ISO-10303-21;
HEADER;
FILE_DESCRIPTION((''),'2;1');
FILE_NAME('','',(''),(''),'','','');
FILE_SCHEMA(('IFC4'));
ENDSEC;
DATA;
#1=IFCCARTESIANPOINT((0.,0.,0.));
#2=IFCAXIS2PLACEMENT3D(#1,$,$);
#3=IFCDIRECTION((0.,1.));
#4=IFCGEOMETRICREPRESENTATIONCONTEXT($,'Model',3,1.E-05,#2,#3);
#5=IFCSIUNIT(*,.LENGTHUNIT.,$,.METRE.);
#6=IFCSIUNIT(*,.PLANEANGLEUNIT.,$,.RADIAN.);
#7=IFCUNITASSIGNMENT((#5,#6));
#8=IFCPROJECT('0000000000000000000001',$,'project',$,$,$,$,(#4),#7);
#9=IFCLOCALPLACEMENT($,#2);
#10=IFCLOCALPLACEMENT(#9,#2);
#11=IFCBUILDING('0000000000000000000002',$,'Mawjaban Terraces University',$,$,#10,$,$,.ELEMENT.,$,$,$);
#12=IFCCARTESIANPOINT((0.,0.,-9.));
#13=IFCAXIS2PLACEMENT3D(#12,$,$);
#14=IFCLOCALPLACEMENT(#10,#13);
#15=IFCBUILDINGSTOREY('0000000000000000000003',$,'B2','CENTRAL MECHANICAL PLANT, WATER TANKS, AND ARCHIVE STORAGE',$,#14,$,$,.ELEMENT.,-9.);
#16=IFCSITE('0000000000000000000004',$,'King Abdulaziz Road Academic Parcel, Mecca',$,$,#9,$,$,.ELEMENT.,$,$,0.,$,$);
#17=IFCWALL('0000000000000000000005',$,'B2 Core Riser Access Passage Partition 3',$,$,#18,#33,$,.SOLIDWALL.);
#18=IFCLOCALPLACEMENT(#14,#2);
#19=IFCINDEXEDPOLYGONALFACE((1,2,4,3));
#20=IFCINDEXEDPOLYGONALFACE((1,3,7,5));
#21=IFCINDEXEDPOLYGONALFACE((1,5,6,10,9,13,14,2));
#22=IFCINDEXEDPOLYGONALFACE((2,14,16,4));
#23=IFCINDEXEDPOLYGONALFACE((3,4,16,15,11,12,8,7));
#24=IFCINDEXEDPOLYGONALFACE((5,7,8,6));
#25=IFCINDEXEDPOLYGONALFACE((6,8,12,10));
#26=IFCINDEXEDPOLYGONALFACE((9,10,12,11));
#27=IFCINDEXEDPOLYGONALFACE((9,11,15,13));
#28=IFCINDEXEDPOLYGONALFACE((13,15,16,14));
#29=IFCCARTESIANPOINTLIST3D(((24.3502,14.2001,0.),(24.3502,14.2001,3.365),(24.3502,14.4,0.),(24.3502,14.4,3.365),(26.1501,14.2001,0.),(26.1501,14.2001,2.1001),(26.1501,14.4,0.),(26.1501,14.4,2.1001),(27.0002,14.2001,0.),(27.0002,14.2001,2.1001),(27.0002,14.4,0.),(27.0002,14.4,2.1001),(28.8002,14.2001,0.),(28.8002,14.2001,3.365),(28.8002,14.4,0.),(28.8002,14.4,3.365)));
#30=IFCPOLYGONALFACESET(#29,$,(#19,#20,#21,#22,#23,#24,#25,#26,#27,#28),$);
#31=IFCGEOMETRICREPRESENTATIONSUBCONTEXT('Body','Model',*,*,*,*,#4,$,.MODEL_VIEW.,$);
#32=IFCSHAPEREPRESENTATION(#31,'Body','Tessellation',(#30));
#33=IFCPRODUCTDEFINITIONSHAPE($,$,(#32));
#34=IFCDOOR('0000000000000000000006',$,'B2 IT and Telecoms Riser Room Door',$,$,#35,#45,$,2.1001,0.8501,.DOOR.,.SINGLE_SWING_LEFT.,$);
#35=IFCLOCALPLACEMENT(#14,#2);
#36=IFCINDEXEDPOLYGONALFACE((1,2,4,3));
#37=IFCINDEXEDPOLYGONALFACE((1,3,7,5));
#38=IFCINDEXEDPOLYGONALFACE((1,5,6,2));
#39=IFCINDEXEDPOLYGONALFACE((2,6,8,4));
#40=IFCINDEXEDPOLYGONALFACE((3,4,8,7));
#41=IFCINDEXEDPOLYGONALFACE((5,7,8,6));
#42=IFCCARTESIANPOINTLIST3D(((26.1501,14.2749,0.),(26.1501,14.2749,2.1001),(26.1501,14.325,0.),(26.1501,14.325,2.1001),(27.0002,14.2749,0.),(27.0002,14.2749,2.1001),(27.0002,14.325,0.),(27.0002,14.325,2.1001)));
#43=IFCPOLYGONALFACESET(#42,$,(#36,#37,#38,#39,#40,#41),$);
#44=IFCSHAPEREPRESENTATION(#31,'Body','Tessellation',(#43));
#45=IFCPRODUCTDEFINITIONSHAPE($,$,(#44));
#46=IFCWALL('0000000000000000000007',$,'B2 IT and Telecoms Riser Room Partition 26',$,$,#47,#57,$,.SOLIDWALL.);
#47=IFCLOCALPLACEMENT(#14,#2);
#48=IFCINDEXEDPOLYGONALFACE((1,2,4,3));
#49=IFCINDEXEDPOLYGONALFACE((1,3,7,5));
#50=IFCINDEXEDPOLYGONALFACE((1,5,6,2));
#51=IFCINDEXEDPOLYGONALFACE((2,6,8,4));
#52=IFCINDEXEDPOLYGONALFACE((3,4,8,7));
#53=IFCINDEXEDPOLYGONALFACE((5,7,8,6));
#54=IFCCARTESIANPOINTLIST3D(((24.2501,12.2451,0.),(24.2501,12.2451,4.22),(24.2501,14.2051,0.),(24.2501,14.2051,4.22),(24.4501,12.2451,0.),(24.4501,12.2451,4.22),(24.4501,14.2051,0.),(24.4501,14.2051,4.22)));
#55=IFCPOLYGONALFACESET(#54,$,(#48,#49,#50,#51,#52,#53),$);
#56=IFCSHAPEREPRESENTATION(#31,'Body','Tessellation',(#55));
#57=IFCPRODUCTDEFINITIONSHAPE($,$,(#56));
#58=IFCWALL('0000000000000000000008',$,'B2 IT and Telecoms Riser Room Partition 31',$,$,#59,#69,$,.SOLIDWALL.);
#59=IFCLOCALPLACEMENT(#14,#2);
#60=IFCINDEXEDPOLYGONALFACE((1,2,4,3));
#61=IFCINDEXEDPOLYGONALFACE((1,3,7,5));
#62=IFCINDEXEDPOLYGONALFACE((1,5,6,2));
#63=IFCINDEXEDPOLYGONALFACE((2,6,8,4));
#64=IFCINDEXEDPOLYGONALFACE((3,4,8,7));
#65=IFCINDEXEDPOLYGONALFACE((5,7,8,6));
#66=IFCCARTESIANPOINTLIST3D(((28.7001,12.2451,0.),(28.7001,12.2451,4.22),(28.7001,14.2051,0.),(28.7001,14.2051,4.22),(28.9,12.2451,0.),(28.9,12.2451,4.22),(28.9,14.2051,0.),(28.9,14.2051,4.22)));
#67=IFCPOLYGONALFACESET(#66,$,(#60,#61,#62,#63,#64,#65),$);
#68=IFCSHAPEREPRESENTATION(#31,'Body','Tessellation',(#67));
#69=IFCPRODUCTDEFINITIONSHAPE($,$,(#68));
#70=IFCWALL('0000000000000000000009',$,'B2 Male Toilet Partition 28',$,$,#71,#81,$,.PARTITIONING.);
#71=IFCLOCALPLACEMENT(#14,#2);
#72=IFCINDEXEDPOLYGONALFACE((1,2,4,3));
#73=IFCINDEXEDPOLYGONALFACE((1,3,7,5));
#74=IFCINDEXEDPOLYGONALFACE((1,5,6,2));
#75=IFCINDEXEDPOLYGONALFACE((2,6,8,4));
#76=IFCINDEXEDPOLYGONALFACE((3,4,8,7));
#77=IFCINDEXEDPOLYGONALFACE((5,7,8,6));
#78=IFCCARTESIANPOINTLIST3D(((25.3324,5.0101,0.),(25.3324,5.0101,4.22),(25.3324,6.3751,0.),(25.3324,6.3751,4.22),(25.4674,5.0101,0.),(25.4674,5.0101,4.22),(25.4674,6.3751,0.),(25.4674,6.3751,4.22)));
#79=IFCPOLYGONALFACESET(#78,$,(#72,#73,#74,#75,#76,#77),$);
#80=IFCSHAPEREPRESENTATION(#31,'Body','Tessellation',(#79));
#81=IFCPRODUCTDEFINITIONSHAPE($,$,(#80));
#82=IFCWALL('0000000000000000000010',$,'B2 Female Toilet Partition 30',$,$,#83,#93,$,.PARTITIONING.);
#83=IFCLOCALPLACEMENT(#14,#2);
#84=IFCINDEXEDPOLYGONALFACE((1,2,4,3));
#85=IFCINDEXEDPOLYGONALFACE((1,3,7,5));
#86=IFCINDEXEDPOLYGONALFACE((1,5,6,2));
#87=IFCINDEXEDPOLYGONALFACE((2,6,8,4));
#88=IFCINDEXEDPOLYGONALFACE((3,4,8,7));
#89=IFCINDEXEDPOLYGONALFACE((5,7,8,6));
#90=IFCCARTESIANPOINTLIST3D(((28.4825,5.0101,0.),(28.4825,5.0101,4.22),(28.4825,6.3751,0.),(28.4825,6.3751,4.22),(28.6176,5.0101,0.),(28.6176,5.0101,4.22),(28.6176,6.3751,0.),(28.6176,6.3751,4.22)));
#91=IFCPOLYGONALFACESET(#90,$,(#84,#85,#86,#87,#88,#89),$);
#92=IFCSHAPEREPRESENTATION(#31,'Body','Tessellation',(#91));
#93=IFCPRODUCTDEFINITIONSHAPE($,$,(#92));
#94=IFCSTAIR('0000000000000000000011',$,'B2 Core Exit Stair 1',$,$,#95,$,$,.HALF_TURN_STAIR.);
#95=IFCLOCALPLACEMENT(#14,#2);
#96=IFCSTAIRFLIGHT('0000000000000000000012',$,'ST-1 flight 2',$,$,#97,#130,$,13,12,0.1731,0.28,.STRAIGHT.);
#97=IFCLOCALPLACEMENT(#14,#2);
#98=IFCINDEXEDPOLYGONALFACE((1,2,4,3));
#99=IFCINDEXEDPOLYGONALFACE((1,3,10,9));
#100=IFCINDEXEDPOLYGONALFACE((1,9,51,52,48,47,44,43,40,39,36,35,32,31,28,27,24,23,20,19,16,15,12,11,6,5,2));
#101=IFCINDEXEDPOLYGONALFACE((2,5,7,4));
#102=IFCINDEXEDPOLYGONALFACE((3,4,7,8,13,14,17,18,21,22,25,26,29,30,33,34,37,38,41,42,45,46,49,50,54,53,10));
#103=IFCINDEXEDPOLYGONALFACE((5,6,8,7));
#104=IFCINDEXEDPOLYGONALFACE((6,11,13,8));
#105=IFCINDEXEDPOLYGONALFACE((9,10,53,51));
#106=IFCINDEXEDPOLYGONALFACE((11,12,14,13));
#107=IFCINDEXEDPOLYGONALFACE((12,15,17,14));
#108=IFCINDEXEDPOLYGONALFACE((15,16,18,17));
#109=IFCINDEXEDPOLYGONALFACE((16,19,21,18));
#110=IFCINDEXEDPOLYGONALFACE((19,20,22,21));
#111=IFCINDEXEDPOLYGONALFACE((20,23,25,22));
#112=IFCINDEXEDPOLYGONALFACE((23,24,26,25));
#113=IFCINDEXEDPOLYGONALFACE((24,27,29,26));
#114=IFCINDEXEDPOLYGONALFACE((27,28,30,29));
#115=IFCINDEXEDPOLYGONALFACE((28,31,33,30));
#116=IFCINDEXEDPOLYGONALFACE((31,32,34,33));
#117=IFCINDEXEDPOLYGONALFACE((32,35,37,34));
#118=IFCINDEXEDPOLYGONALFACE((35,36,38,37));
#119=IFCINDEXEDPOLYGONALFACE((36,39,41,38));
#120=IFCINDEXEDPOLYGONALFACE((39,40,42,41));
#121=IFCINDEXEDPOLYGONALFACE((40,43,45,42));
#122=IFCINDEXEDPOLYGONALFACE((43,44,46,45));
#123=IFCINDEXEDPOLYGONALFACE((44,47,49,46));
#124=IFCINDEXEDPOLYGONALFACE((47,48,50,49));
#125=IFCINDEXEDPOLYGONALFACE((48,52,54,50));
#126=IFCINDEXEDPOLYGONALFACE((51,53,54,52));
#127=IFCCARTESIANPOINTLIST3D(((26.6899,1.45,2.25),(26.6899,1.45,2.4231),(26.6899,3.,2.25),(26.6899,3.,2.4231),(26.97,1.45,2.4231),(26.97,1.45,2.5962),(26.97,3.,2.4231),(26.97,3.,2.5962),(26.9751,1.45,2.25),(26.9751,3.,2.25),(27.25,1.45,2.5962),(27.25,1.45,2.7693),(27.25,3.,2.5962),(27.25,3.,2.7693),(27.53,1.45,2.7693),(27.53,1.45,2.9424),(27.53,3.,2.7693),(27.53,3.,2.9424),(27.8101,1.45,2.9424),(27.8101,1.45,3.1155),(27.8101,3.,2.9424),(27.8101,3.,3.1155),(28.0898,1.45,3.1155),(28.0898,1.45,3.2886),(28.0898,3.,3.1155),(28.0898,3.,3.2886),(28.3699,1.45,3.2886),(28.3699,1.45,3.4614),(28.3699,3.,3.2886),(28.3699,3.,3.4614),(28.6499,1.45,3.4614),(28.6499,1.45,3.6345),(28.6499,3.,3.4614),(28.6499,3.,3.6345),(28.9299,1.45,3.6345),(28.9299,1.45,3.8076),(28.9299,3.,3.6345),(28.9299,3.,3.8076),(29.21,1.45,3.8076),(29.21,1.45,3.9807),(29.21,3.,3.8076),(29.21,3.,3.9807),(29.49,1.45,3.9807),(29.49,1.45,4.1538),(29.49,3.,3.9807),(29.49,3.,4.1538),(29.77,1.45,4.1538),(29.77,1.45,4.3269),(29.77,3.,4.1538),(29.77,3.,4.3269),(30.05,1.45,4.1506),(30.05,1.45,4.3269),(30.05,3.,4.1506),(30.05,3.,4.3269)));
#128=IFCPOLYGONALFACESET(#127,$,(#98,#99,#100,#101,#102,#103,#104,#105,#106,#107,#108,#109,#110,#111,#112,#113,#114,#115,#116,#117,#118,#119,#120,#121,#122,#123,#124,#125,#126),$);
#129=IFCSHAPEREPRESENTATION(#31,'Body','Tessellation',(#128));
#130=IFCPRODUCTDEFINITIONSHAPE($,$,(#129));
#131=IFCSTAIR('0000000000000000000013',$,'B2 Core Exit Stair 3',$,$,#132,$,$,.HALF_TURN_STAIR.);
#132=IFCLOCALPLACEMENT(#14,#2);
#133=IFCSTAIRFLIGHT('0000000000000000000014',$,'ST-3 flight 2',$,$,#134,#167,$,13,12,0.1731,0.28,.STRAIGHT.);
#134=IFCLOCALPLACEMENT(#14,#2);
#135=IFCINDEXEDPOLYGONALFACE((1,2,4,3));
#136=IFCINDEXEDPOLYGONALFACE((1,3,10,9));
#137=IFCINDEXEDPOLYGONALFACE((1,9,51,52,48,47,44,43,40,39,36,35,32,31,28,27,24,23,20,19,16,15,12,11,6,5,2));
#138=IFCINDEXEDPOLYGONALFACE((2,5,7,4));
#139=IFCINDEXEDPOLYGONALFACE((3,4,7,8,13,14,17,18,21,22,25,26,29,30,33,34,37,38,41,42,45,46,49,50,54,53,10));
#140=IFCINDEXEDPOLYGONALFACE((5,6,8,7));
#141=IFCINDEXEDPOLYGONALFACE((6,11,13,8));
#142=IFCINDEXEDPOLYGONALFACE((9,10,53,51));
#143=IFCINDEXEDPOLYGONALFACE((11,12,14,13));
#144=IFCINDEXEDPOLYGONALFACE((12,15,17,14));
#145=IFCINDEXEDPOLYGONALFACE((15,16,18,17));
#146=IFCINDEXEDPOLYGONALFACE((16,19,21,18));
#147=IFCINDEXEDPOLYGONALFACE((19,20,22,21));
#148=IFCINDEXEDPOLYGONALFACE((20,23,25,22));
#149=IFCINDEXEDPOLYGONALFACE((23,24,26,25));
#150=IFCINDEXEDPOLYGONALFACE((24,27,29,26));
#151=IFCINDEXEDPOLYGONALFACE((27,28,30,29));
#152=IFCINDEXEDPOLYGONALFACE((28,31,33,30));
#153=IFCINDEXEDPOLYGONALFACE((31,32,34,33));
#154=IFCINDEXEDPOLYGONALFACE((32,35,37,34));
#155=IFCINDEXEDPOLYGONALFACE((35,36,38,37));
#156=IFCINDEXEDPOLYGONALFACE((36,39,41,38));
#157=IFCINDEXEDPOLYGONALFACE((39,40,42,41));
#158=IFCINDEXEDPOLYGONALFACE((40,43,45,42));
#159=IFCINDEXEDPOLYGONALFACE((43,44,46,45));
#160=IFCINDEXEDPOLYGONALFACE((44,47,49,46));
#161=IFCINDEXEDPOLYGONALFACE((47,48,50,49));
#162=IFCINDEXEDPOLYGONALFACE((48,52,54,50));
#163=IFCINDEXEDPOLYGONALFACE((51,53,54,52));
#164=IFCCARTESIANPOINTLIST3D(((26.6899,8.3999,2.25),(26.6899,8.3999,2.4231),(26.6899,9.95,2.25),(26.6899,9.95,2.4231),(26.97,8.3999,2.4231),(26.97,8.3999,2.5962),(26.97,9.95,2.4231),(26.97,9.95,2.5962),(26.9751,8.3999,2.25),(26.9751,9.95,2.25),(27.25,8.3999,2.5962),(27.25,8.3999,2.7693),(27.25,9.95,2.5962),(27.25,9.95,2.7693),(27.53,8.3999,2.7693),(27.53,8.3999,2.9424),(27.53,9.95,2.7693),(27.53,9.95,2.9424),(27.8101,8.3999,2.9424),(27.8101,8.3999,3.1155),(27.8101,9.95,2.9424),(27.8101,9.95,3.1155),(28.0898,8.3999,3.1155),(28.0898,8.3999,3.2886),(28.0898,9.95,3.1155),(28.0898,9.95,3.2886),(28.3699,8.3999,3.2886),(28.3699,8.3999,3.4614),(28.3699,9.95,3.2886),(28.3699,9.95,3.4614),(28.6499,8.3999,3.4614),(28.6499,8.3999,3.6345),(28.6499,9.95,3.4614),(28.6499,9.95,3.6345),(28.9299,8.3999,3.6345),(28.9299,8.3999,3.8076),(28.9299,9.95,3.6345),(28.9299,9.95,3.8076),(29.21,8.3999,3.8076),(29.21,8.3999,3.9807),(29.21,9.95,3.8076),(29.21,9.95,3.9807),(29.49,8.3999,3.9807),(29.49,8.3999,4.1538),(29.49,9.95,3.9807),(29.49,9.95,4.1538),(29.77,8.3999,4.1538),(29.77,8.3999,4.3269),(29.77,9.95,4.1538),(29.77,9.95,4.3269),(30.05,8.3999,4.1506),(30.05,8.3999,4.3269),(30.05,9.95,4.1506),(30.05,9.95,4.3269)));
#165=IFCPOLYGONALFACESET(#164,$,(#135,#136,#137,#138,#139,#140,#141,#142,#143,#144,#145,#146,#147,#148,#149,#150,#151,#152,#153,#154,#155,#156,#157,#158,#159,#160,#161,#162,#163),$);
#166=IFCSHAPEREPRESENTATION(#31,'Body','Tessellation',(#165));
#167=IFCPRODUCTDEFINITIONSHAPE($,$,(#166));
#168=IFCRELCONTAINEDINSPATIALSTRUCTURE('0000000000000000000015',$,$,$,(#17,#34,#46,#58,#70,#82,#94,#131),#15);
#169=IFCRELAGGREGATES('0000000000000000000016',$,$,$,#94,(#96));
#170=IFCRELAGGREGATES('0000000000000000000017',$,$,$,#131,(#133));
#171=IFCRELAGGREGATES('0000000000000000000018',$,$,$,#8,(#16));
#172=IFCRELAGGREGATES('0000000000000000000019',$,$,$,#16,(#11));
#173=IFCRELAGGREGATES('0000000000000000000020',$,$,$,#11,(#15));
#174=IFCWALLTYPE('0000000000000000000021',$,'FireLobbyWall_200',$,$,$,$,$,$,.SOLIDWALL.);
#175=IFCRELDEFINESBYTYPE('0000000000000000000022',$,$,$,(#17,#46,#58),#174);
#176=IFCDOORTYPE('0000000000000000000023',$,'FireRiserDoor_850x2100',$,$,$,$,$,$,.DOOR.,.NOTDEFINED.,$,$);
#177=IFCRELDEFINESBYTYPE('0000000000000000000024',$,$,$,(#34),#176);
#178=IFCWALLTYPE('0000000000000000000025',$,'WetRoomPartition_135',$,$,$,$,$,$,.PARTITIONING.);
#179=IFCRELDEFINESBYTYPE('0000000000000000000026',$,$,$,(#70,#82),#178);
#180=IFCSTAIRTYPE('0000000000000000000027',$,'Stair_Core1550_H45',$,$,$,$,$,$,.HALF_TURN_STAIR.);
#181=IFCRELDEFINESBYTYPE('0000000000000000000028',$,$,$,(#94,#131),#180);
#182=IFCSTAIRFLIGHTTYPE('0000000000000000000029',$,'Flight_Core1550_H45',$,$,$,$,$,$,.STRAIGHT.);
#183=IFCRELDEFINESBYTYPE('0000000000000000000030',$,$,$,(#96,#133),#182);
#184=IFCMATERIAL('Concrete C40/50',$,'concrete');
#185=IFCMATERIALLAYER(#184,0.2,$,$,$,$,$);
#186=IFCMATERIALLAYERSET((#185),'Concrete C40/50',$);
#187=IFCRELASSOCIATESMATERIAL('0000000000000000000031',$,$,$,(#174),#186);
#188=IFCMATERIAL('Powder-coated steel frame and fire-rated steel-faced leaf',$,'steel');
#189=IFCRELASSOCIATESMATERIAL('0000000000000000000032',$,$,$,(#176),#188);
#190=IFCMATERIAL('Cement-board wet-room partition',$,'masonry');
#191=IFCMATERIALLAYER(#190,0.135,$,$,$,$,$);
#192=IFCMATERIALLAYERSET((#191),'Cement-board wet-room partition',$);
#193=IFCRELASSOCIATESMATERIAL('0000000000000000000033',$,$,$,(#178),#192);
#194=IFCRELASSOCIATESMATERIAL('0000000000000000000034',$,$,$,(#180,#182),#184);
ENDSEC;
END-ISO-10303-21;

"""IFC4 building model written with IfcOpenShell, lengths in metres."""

from ifc_helpers import new_model, si_unit, direction, frame, frame_2d, origin, place, context, subcontext, project, spatial, polyline, rectangle, outline, extrude, material, layer, layer_set, type_object, element, fill, aggregate, save


model = new_model("IFC4")

# Units and contexts
model_context = context("Model", 3, precision=1e-05, world=origin(), true_north=direction((0.0, 1.0)))
body_context = subcontext(model_context, "Body", "Model", "MODEL_VIEW")
ifc_project = project(units=[si_unit("LENGTHUNIT", "METRE"), si_unit("PLANEANGLEUNIT", "RADIAN")], contexts=[model_context])

# Site, building, storey
site_placement = place(None, origin())
site = spatial("IfcSite", under=ifc_project, at=site_placement, Name="King Abdulaziz Road Academic Parcel, Mecca", CompositionType="ELEMENT", RefElevation=0.0)
building_placement = place(site_placement, origin())
building = spatial("IfcBuilding", under=site, at=building_placement, Name="Mawjaban Terraces University", CompositionType="ELEMENT")
storey_placement = place(building_placement, frame((0.0, 0.0, -9.0)))
storey = spatial("IfcBuildingStorey", under=building, at=storey_placement, Name="B2", Description="CENTRAL MECHANICAL PLANT, WATER TANKS, AND ARCHIVE STORAGE", CompositionType="ELEMENT", Elevation=-9.0)

# Shared definitions
ifc_material_1 = material(Name="Concrete C40/50", Category="concrete")
ifc_layer_1 = layer(ifc_material_1, 0.2)
ifc_layer_set_1 = layer_set([ifc_layer_1], Name="Concrete C40/50")
wall_type_1 = type_object("IfcWallType", Name="FireLobbyWall_200", PredefinedType="SOLIDWALL", material=ifc_layer_set_1)

# Wall, opening, door
wall_1_placement = place(storey_placement, frame((24.3501, 14.3, 0.0), z_axis=(0.0, 0.0, 1.0), x_axis=(1.0, 0.0, 0.0)))
wall_1 = element("IfcWall", 1, at=wall_1_placement, inside=storey, type_object=wall_type_1, Name="B2 Core Riser Access Passage Partition 3", PredefinedType="SOLIDWALL", context=body_context, shape_type="SweptSolid", body=[
    extrude(rectangle(XDim=4.45, YDim=0.2, at=frame_2d((2.2251, 0.0))), origin(), (0.0, 0.0, 1.0), 3.365),
])
opening_1_placement = place(wall_1_placement, frame((1.8, 0.0, 0.0)))
opening_1 = element("IfcOpeningElement", 2, at=opening_1_placement, cuts=wall_1, PredefinedType="OPENING", context=body_context, shape_type="SweptSolid", body=[
    extrude(rectangle(XDim=0.8501, YDim=2.1001, at=frame_2d((0.425, 1.05))), frame((0.0, 0.1099, 0.0), z_axis=(0.0, -1.0, 0.0), x_axis=(1.0, 0.0, 0.0)), (0.0, 0.0, 1.0), 0.22),
])
ifc_material_2 = material(Name="Powder-coated steel frame and fire-rated steel-faced leaf", Category="steel")
door_type_1 = type_object("IfcDoorType", Name="FireRiserDoor_850x2100", OperationType="NOTDEFINED", PredefinedType="DOOR", material=ifc_material_2)
door_1_placement = place(opening_1_placement, origin())
door_1 = element("IfcDoor", 3, at=door_1_placement, inside=storey, type_object=door_type_1, Name="B2 IT and Telecoms Riser Room Door", OperationType="SINGLE_SWING_LEFT", OverallHeight=2.1001, OverallWidth=0.8501, PredefinedType="DOOR", context=body_context, shape_type="SweptSolid", body=[
    extrude(rectangle(XDim=0.8501, YDim=2.1001, at=frame_2d((0.425, 1.05))), frame((0.0, 0.0249, 0.0), z_axis=(0.0, -1.0, 0.0), x_axis=(1.0, 0.0, 0.0)), (0.0, 0.0, 1.0), 0.05),
])
fill(opening_1, door_1)

# Walls
for number, where, z_axis, x_axis, name in (
    (4, (24.3501, 14.2051, 0.0), (0.0, 0.0, 1.0), (0.0, -1.0, 0.0), "B2 IT and Telecoms Riser Room Partition 26"),
    (5, (28.8, 12.2451, 0.0), (0.0, 0.0, 1.0), (0.0, 1.0, 0.0), "B2 IT and Telecoms Riser Room Partition 31"),
):
    element("IfcWall", number, at=place(storey_placement, frame(where, z_axis=z_axis, x_axis=x_axis)), inside=storey, type_object=wall_type_1, Name=name, PredefinedType="SOLIDWALL", context=body_context, shape_type="SweptSolid", body=[
        extrude(rectangle(XDim=1.96, YDim=0.2, at=frame_2d((0.98, 0.0))), origin(), (0.0, 0.0, 1.0), 4.22),
    ])
ifc_material_3 = material(Name="Cement-board wet-room partition", Category="masonry")
ifc_layer_2 = layer(ifc_material_3, 0.135)
ifc_layer_set_2 = layer_set([ifc_layer_2], Name="Cement-board wet-room partition")
wall_type_2 = type_object("IfcWallType", Name="WetRoomPartition_135", PredefinedType="PARTITIONING", material=ifc_layer_set_2)
for number, where, z_axis, x_axis, name in (
    (6, (25.3999, 5.01, 0.0), (0.0, 0.0, 1.0), (0.0, 1.0, 0.0), "B2 Male Toilet Partition 28"),
    (7, (28.55, 5.01, 0.0), (0.0, 0.0, 1.0), (0.0, 1.0, 0.0), "B2 Female Toilet Partition 30"),
):
    element("IfcWall", number, at=place(storey_placement, frame(where, z_axis=z_axis, x_axis=x_axis)), inside=storey, type_object=wall_type_2, Name=name, PredefinedType="PARTITIONING", context=body_context, shape_type="SweptSolid", body=[
        extrude(rectangle(XDim=1.365, YDim=0.135, at=frame_2d((0.6826, 0.0))), origin(), (0.0, 0.0, 1.0), 4.22),
    ])

# Stairs, stair flights
stair_type = type_object("IfcStairType", Name="Stair_Core1550_H45", PredefinedType="HALF_TURN_STAIR", material=ifc_material_1)
stair_1_placement = place(storey_placement, origin())
stair_1 = element("IfcStair", 8, at=stair_1_placement, inside=storey, type_object=stair_type, Name="B2 Core Exit Stair 1", PredefinedType="HALF_TURN_STAIR")
stair_flight_type = type_object("IfcStairFlightType", Name="Flight_Core1550_H45", PredefinedType="STRAIGHT", material=ifc_material_1)
stair_flight_1_placement = place(storey_placement, frame((26.6899, 2.2251, 2.25), z_axis=(0.0, 0.0, 1.0), x_axis=(1.0, 0.0, 0.0)))
stair_flight_1 = element("IfcStairFlight", 9, at=stair_flight_1_placement, type_object=stair_flight_type, Name="ST-1 flight 2", NumberOfRisers=13, NumberOfTreads=12, PredefinedType="STRAIGHT", RiserHeight=0.1731, TreadLength=0.28, context=body_context, shape_type="SweptSolid", body=[
    extrude(outline(polyline([(0.0, 0.0), (0.0, 0.1731), (0.28, 0.1731), (0.28, 0.3462), (0.5601, 0.3462), (0.5601, 0.5193), (0.8401, 0.5193), (0.8401, 0.6924), (1.1201, 0.6924), (1.1201, 0.8655), (1.3999, 0.8655), (1.3999, 1.0386), (1.6799, 1.0386), (1.6799, 1.2114), (1.96, 1.2114), (1.96, 1.3845), (2.24, 1.3845), (2.24, 1.5576), (2.52, 1.5576), (2.52, 1.7307), (2.8, 1.7307), (2.8, 1.9038), (3.0801, 1.9038), (3.0801, 2.0769), (3.3601, 2.0769), (3.3601, 2.25), (3.3601, 1.9006), (0.2852, 0.0), (0.0, 0.0)])), frame((0.0, 0.7749, 0.0), z_axis=(0.0, -1.0, 0.0), x_axis=(1.0, 0.0, 0.0)), (0.0, 0.0, 1.0), 1.55),
])
aggregate(stair_1, [stair_flight_1])
stair_2_placement = place(storey_placement, origin())
stair_2 = element("IfcStair", 10, at=stair_2_placement, inside=storey, type_object=stair_type, Name="B2 Core Exit Stair 3", PredefinedType="HALF_TURN_STAIR")
stair_flight_2_placement = place(storey_placement, frame((26.6899, 9.175, 2.25), z_axis=(0.0, 0.0, 1.0), x_axis=(1.0, 0.0, 0.0)))
stair_flight_2 = element("IfcStairFlight", 11, at=stair_flight_2_placement, type_object=stair_flight_type, Name="ST-3 flight 2", NumberOfRisers=13, NumberOfTreads=12, PredefinedType="STRAIGHT", RiserHeight=0.1731, TreadLength=0.28, context=body_context, shape_type="SweptSolid", body=[
    extrude(outline(polyline([(0.0, 0.0), (0.0, 0.1731), (0.28, 0.1731), (0.28, 0.3462), (0.5601, 0.3462), (0.5601, 0.5193), (0.8401, 0.5193), (0.8401, 0.6924), (1.1201, 0.6924), (1.1201, 0.8655), (1.3999, 0.8655), (1.3999, 1.0386), (1.6799, 1.0386), (1.6799, 1.2114), (1.96, 1.2114), (1.96, 1.3845), (2.24, 1.3845), (2.24, 1.5576), (2.52, 1.5576), (2.52, 1.7307), (2.8, 1.7307), (2.8, 1.9038), (3.0801, 1.9038), (3.0801, 2.0769), (3.3601, 2.0769), (3.3601, 2.25), (3.3601, 1.9006), (0.2852, 0.0), (0.0, 0.0)])), frame((0.0, 0.7749, 0.0), z_axis=(0.0, -1.0, 0.0), x_axis=(1.0, 0.0, 0.0)), (0.0, 0.0, 1.0), 1.55),
])
aggregate(stair_2, [stair_flight_2])

save(model, "model.ifc")
